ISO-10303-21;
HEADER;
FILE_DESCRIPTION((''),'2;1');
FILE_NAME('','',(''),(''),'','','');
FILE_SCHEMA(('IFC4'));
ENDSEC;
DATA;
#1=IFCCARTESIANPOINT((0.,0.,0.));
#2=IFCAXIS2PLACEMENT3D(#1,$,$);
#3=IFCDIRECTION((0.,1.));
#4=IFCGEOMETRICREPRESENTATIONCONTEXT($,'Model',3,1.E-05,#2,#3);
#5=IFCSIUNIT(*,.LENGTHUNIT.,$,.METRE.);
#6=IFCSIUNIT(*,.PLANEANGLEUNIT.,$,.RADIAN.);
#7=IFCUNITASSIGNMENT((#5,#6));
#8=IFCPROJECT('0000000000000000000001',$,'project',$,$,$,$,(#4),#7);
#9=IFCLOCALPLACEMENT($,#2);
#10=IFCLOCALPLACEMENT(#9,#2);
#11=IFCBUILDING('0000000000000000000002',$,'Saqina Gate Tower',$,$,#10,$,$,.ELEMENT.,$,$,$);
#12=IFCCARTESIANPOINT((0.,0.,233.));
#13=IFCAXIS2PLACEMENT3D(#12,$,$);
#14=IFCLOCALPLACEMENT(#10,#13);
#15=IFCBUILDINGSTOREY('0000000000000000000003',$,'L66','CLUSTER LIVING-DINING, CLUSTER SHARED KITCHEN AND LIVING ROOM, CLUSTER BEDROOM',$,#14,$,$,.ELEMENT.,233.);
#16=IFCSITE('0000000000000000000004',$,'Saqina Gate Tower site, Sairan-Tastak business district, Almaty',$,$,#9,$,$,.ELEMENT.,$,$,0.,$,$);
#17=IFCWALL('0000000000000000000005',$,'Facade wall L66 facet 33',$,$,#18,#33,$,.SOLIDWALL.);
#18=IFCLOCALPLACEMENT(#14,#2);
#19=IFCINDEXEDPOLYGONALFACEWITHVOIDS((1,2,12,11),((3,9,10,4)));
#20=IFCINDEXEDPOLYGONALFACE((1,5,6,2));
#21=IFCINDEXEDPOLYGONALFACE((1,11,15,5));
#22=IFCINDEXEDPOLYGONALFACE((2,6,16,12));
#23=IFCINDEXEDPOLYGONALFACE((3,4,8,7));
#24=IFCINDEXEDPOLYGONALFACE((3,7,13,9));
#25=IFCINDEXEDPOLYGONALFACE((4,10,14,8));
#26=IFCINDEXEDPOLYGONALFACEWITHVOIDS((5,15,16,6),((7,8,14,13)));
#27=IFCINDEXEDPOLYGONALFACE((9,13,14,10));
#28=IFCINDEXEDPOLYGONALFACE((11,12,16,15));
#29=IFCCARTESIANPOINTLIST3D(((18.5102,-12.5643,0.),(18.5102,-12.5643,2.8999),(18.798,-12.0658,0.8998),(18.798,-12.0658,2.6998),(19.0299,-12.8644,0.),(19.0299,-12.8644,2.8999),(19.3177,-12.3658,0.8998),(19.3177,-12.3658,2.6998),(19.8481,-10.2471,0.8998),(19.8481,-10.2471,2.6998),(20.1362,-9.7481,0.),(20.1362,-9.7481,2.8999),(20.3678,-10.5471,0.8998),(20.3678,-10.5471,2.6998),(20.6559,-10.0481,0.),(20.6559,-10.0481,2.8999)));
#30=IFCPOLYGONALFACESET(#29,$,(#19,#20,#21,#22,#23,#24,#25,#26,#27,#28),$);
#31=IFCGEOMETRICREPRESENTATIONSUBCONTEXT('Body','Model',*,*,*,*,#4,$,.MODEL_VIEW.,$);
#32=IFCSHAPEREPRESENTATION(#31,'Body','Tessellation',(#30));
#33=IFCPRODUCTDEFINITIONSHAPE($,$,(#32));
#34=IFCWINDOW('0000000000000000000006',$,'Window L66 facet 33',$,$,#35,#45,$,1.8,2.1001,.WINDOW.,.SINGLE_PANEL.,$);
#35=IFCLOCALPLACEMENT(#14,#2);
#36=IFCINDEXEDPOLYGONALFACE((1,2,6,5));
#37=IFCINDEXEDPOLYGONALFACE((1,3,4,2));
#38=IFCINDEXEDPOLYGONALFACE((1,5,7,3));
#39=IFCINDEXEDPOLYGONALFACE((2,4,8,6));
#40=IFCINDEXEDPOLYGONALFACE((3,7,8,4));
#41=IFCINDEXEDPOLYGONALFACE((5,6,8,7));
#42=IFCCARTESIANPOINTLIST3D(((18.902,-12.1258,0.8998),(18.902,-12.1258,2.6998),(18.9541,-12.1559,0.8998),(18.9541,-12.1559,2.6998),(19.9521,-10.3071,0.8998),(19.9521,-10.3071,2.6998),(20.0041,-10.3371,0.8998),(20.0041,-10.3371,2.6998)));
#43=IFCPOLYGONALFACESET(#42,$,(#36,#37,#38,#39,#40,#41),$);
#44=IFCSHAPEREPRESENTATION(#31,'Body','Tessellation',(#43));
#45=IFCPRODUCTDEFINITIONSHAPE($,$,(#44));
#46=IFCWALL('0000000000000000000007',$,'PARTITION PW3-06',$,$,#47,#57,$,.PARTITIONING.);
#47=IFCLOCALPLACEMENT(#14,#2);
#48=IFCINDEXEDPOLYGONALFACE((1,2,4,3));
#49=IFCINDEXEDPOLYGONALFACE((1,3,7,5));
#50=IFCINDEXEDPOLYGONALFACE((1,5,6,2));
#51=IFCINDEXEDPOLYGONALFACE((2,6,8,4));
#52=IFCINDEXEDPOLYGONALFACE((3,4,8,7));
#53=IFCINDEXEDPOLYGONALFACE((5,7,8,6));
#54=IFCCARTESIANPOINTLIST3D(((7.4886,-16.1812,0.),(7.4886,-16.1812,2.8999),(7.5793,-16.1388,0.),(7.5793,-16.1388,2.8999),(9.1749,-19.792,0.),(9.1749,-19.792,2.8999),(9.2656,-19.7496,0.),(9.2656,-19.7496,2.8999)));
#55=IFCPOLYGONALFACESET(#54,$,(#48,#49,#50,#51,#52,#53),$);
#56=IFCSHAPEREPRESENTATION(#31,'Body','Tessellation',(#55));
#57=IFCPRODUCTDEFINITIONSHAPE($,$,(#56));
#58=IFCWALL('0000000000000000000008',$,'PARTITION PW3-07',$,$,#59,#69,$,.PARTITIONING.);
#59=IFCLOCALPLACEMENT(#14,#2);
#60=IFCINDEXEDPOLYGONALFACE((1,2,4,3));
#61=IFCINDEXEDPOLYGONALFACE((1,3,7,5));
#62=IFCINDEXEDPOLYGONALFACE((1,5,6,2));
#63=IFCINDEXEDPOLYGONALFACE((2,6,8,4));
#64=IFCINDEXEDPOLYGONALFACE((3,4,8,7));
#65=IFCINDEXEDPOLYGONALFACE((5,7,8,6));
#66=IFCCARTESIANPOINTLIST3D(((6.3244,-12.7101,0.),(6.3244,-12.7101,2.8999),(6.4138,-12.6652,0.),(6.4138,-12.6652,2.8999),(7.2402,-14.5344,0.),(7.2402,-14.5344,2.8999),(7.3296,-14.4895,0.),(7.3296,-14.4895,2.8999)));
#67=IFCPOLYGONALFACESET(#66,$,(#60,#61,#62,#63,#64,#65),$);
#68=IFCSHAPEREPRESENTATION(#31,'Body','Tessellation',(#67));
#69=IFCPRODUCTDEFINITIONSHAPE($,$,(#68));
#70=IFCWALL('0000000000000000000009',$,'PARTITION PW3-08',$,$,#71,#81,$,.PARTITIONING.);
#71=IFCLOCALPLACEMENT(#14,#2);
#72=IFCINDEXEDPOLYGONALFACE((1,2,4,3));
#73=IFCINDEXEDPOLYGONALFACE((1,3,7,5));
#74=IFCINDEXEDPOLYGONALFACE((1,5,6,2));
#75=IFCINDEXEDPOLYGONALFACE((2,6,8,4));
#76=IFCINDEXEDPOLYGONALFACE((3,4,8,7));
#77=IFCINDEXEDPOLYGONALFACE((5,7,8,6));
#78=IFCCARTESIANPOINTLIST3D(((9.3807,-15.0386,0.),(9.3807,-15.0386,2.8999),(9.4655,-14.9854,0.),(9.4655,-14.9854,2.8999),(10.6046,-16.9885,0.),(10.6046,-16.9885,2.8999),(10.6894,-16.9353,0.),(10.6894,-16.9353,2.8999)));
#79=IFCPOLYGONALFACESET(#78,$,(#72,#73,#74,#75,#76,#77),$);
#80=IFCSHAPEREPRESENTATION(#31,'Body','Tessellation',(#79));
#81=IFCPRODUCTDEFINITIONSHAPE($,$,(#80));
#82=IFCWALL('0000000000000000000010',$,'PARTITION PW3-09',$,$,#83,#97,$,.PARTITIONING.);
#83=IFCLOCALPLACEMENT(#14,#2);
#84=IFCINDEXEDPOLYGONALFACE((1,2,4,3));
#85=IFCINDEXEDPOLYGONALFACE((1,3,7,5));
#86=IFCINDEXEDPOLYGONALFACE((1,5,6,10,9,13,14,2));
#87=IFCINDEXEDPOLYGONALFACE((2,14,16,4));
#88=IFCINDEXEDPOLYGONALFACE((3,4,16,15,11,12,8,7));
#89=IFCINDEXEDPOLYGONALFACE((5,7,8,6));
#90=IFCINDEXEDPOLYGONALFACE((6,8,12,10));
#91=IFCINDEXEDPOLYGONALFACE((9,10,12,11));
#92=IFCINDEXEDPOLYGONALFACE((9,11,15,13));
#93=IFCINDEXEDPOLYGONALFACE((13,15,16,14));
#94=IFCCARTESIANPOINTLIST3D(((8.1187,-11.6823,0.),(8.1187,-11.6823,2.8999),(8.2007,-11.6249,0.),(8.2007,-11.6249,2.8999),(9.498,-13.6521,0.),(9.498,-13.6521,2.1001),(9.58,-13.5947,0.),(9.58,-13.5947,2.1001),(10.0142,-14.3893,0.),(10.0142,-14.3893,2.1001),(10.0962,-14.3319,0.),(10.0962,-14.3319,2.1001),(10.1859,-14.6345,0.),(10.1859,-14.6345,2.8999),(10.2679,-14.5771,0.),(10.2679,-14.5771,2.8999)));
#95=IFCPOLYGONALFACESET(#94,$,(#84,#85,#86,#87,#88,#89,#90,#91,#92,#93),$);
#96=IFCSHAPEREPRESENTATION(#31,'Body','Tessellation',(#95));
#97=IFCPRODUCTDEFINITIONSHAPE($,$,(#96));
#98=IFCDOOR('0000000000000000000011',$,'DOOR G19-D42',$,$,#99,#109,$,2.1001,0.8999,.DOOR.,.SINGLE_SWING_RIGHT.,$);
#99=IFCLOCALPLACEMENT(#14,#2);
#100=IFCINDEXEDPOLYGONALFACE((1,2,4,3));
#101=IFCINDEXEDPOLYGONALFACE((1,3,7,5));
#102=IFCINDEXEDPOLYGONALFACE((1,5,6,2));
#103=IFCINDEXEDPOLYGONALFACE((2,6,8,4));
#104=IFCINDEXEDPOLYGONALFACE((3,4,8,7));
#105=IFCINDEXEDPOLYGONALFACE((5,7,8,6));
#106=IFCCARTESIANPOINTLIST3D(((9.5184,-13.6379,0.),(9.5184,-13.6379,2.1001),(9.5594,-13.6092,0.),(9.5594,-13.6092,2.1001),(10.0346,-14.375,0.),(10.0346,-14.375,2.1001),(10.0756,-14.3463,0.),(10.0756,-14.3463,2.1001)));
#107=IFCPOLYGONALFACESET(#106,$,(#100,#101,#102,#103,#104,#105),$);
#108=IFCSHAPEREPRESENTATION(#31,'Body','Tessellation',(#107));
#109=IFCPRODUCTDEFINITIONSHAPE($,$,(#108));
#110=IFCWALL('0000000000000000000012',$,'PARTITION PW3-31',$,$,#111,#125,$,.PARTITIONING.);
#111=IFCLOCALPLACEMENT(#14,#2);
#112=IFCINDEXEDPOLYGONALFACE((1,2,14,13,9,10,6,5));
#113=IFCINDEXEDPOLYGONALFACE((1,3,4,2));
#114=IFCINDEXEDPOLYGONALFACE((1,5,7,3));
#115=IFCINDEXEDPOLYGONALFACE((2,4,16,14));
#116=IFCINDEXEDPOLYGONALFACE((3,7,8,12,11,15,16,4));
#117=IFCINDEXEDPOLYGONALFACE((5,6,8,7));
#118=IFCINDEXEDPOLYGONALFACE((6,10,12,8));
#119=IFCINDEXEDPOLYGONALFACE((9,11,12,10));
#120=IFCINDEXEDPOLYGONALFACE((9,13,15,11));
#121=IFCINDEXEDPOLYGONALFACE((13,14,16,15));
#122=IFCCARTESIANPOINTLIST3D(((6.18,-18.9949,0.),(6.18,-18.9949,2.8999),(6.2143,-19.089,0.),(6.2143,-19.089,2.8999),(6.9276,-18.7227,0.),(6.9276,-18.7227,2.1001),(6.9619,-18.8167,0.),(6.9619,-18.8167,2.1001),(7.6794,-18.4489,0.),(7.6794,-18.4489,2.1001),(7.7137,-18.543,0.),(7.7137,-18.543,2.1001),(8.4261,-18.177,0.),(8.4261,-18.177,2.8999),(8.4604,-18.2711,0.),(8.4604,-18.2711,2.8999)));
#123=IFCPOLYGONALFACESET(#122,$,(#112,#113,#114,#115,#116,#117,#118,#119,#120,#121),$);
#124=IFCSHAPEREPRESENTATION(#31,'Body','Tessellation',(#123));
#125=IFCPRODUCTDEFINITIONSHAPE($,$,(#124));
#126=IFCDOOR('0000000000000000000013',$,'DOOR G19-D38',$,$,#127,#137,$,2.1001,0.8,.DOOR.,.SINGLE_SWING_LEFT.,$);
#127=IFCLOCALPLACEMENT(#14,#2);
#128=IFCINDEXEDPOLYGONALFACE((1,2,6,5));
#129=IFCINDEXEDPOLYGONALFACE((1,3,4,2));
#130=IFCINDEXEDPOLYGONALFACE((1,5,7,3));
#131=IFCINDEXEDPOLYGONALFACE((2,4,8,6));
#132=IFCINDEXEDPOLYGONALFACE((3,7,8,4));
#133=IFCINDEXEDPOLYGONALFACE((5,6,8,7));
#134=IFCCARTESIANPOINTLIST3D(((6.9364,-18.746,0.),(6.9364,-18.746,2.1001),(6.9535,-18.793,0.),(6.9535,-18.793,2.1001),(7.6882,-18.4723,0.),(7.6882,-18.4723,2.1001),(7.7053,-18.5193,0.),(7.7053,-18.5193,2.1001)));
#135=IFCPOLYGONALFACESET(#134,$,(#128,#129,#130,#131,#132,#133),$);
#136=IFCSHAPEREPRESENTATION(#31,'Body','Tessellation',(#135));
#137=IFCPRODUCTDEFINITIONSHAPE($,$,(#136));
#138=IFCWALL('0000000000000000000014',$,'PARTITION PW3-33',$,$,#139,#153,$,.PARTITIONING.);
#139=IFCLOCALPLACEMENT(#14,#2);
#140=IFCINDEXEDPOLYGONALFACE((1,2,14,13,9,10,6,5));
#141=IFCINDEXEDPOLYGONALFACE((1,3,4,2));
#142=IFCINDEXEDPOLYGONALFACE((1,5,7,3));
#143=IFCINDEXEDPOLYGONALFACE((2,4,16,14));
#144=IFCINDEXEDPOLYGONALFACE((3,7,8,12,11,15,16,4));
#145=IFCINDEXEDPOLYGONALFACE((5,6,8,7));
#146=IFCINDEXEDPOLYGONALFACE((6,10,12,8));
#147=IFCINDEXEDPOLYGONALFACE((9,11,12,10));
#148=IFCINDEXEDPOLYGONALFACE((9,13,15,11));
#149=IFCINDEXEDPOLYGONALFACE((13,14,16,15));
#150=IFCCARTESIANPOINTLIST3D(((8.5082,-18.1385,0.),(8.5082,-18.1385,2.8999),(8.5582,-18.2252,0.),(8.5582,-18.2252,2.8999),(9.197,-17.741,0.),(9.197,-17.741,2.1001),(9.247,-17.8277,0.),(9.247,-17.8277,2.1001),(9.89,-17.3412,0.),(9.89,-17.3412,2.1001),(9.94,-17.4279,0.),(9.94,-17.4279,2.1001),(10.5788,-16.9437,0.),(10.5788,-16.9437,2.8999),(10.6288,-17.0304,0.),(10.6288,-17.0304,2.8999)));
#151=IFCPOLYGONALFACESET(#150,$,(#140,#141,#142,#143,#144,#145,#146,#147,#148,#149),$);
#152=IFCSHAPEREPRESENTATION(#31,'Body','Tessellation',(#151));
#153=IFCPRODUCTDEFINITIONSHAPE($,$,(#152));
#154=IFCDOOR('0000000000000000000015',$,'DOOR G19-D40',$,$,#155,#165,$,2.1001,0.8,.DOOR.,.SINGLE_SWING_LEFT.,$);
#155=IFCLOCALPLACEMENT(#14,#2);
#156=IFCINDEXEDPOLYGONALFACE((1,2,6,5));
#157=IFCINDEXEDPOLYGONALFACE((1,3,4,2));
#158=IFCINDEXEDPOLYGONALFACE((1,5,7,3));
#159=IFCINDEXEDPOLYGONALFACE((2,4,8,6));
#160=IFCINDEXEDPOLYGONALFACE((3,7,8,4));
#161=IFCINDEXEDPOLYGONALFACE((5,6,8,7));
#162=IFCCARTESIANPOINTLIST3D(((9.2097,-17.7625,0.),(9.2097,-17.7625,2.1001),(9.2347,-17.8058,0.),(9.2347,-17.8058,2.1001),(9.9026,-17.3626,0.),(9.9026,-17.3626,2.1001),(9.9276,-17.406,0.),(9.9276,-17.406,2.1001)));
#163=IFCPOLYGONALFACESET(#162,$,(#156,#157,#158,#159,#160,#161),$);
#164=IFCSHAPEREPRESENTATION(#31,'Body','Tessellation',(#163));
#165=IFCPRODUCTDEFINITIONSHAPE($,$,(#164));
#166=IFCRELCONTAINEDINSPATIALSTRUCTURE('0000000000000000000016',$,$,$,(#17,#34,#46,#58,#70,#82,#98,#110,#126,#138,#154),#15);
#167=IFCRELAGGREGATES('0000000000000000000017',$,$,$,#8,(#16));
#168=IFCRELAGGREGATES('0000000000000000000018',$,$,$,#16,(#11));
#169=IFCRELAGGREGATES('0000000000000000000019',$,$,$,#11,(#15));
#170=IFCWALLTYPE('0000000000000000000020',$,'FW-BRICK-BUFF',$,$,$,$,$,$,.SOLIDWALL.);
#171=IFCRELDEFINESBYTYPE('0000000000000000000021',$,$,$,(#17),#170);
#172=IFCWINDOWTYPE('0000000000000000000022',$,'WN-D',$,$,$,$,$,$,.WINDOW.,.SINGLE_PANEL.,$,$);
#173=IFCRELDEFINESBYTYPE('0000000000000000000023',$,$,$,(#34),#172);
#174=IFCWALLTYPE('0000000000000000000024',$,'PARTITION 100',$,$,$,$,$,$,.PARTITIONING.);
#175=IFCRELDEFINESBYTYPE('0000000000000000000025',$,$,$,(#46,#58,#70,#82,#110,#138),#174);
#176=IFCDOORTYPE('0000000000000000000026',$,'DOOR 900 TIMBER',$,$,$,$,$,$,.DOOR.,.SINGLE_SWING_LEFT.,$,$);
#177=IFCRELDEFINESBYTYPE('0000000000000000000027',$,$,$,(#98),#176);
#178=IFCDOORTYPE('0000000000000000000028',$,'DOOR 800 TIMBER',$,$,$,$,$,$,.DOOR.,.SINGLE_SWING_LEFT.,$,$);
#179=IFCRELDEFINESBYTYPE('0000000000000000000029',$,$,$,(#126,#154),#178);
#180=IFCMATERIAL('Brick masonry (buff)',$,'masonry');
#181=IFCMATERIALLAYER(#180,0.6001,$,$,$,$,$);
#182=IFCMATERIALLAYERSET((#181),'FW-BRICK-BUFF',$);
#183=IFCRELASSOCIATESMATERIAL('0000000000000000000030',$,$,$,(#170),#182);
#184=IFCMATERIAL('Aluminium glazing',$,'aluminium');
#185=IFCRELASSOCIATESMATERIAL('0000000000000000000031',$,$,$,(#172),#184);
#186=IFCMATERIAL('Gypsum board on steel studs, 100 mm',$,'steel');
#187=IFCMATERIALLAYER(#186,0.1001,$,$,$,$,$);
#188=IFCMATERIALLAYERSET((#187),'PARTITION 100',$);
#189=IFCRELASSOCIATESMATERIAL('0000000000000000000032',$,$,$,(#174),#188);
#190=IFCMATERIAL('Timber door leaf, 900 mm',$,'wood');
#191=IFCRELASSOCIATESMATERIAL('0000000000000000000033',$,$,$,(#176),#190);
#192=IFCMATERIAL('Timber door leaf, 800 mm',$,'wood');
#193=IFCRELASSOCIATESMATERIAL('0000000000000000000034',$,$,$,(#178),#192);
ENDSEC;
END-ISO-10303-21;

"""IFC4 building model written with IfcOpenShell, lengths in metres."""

from ifc_helpers import new_model, si_unit, direction, frame, frame_2d, origin, place, context, subcontext, project, spatial, rectangle, extrude, material, layer, layer_set, type_object, element, fill, save


model = new_model("IFC4")

# Units and contexts
model_context = context("Model", 3, precision=1e-05, world=origin(), true_north=direction((0.0, 1.0)))
body_context = subcontext(model_context, "Body", "Model", "MODEL_VIEW")
ifc_project = project(units=[si_unit("LENGTHUNIT", "METRE"), si_unit("PLANEANGLEUNIT", "RADIAN")], contexts=[model_context])

# Site, building, storey
site_placement = place(None, origin())
site = spatial("IfcSite", under=ifc_project, at=site_placement, Name="Saqina Gate Tower site, Sairan-Tastak business district, Almaty", CompositionType="ELEMENT", RefElevation=0.0)
building_placement = place(site_placement, origin())
building = spatial("IfcBuilding", under=site, at=building_placement, Name="Saqina Gate Tower", CompositionType="ELEMENT")
storey_placement = place(building_placement, frame((0.0, 0.0, 233.0)))
storey = spatial("IfcBuildingStorey", under=building, at=storey_placement, Name="L66", Description="CLUSTER LIVING-DINING, CLUSTER SHARED KITCHEN AND LIVING ROOM, CLUSTER BEDROOM", CompositionType="ELEMENT", Elevation=233.0)

# Wall, opening, window
ifc_material_1 = material(Name="Brick masonry (buff)", Category="masonry")
ifc_layer_1 = layer(ifc_material_1, 0.6001)
ifc_layer_set_1 = layer_set([ifc_layer_1], Name="FW-BRICK-BUFF")
wall_type_1 = type_object("IfcWallType", Name="FW-BRICK-BUFF", PredefinedType="SOLIDWALL", material=ifc_layer_set_1)
ifc_material_2 = material(Name="Aluminium glazing", Category="aluminium")
window_type = type_object("IfcWindowType", Name="WN-D", PartitioningType="SINGLE_PANEL", PredefinedType="WINDOW", material=ifc_material_2)
wall_1_placement = place(storey_placement, frame((18.77, -12.7144, 0.0), z_axis=(0.0, 0.0, 1.0), x_axis=(0.500015, 0.866017, 0.0)))
wall_1 = element("IfcWall", 1, at=wall_1_placement, inside=storey, type_object=wall_type_1, Name="Facade wall L66 facet 33", PredefinedType="SOLIDWALL", context=body_context, shape_type="SweptSolid", body=[
    extrude(rectangle(XDim=3.252, YDim=0.6001, at=frame_2d((1.626, 0.0))), origin(), (0.0, 0.0, 1.0), 2.8999),
])
opening_1_placement = place(wall_1_placement, frame((0.5757, 0.0, 0.8999)))
opening_1 = element("IfcOpeningElement", 2, at=opening_1_placement, cuts=wall_1, PredefinedType="OPENING", context=body_context, shape_type="SweptSolid", body=[
    extrude(rectangle(XDim=2.1001, YDim=1.8, at=frame_2d((1.05, 0.8999))), frame((0.0, 0.312, 0.0), z_axis=(0.0, -1.0, 0.0), x_axis=(1.0, 0.0, 0.0)), (0.0, 0.0, 1.0), 0.624),
])
window_1_placement = place(opening_1_placement, origin())
window_1 = element("IfcWindow", 3, at=window_1_placement, inside=storey, type_object=window_type, Name="Window L66 facet 33", OverallHeight=1.8, OverallWidth=2.1001, PartitioningType="SINGLE_PANEL", PredefinedType="WINDOW", context=body_context, shape_type="SweptSolid", body=[
    extrude(rectangle(XDim=2.1001, YDim=1.8, at=frame_2d((1.05, 0.8999))), frame((0.0, 0.1799, 0.0), z_axis=(0.0, -1.0, 0.0), x_axis=(1.0, 0.0, 0.0)), (0.0, 0.0, 1.0), 0.0601),
])
fill(opening_1, window_1)

# Walls
ifc_material_3 = material(Name="Gypsum board on steel studs, 100 mm", Category="steel")
ifc_layer_2 = layer(ifc_material_3, 0.1001)
ifc_layer_set_2 = layer_set([ifc_layer_2], Name="PARTITION 100")
wall_type_2 = type_object("IfcWallType", Name="PARTITION 100", PredefinedType="PARTITIONING", material=ifc_layer_set_2)
wall_2_placement = place(storey_placement, frame((7.5339, -16.1599, 0.0), z_axis=(0.0, 0.0, 1.0), x_axis=(0.423137, -0.906066, 0.0)))
element("IfcWall", 4, at=wall_2_placement, inside=storey, type_object=wall_type_2, Name="PARTITION PW3-06", PredefinedType="PARTITIONING", context=body_context, shape_type="SweptSolid", body=[
    extrude(rectangle(XDim=3.9851, YDim=0.1001, at=frame_2d((1.9927, 0.0))), origin(), (0.0, 0.0, 1.0), 2.8999),
])
wall_3_placement = place(storey_placement, frame((6.3691, -12.6877, 0.0), z_axis=(0.0, 0.0, 1.0), x_axis=(0.448648, -0.893708, 0.0)))
element("IfcWall", 5, at=wall_3_placement, inside=storey, type_object=wall_type_2, Name="PARTITION PW3-07", PredefinedType="PARTITIONING", context=body_context, shape_type="SweptSolid", body=[
    extrude(rectangle(XDim=2.0413, YDim=0.1001, at=frame_2d((1.0205, 0.0))), origin(), (0.0, 0.0, 1.0), 2.8999),
])
wall_4_placement = place(storey_placement, frame((9.4231, -15.012, 0.0), z_axis=(0.0, 0.0, 1.0), x_axis=(0.531609, -0.84699, 0.0)))
element("IfcWall", 6, at=wall_4_placement, inside=storey, type_object=wall_type_2, Name="PARTITION PW3-08", PredefinedType="PARTITIONING", context=body_context, shape_type="SweptSolid", body=[
    extrude(rectangle(XDim=2.3022, YDim=0.1001, at=frame_2d((1.1511, 0.0))), origin(), (0.0, 0.0, 1.0), 2.8999),
])

# Walls, openings, doors
wall_5_placement = place(storey_placement, frame((8.1597, -11.6536, 0.0), z_axis=(0.0, 0.0, 1.0), x_axis=(0.573581, -0.819149, 0.0)))
wall_5 = element("IfcWall", 7, at=wall_5_placement, inside=storey, type_object=wall_type_2, Name="PARTITION PW3-09", PredefinedType="PARTITIONING", context=body_context, shape_type="SweptSolid", body=[
    extrude(rectangle(XDim=3.604, YDim=0.1001, at=frame_2d((1.802, 0.0))), origin(), (0.0, 0.0, 1.0), 2.8999),
])
opening_2_placement = place(wall_5_placement, frame((2.4048, 0.0, 0.0)))
opening_2 = element("IfcOpeningElement", 8, at=opening_2_placement, cuts=wall_5, PredefinedType="OPENING", context=body_context, shape_type="SweptSolid", body=[
    extrude(rectangle(XDim=0.8999, YDim=2.1001, at=frame_2d((0.45, 1.05))), frame((0.0, 0.062, 0.0), z_axis=(0.0, -1.0, 0.0), x_axis=(1.0, 0.0, 0.0)), (0.0, 0.0, 1.0), 0.124),
])
ifc_material_4 = material(Name="Timber door leaf, 900 mm", Category="wood")
door_type_1 = type_object("IfcDoorType", Name="DOOR 900 TIMBER", OperationType="SINGLE_SWING_LEFT", PredefinedType="DOOR", material=ifc_material_4)
door_1_placement = place(opening_2_placement, origin())
door_1 = element("IfcDoor", 9, at=door_1_placement, inside=storey, type_object=door_type_1, Name="DOOR G19-D42", OperationType="SINGLE_SWING_RIGHT", OverallHeight=2.1001, OverallWidth=0.8999, PredefinedType="DOOR", context=body_context, shape_type="SweptSolid", body=[
    extrude(rectangle(XDim=0.8999, YDim=2.1001, at=frame_2d((0.45, 1.05))), frame((0.0, 0.0249, 0.0), z_axis=(0.0, -1.0, 0.0), x_axis=(1.0, 0.0, 0.0)), (0.0, 0.0, 1.0), 0.05),
])
fill(opening_2, door_1)
wall_6_placement = place(storey_placement, frame((6.197, -19.042, 0.0), z_axis=(0.0, 0.0, 1.0), x_axis=(0.939644, 0.342153, 0.0)))
wall_6 = element("IfcWall", 10, at=wall_6_placement, inside=storey, type_object=wall_type_2, Name="PARTITION PW3-31", PredefinedType="PARTITIONING", context=body_context, shape_type="SweptSolid", body=[
    extrude(rectangle(XDim=2.3904, YDim=0.1001, at=frame_2d((1.1953, 0.0))), origin(), (0.0, 0.0, 1.0), 2.8999),
])
opening_3_placement = place(wall_6_placement, frame((0.7959, 0.0, 0.0)))
opening_3 = element("IfcOpeningElement", 11, at=opening_3_placement, cuts=wall_6, PredefinedType="OPENING", context=body_context, shape_type="SweptSolid", body=[
    extrude(rectangle(XDim=0.8, YDim=2.1001, at=frame_2d((0.3999, 1.05))), frame((0.0, 0.062, 0.0), z_axis=(0.0, -1.0, 0.0), x_axis=(1.0, 0.0, 0.0)), (0.0, 0.0, 1.0), 0.124),
])
ifc_material_5 = material(Name="Timber door leaf, 800 mm", Category="wood")
door_type_2 = type_object("IfcDoorType", Name="DOOR 800 TIMBER", OperationType="SINGLE_SWING_LEFT", PredefinedType="DOOR", material=ifc_material_5)
door_2_placement = place(opening_3_placement, frame((0.8, 0.0, 0.0), z_axis=(0.0, 0.0, 1.0), x_axis=(-1.0, 0.0, 0.0)))
door_2 = element("IfcDoor", 12, at=door_2_placement, inside=storey, type_object=door_type_2, Name="DOOR G19-D38", OperationType="SINGLE_SWING_LEFT", OverallHeight=2.1001, OverallWidth=0.8, PredefinedType="DOOR", context=body_context, shape_type="SweptSolid", body=[
    extrude(rectangle(XDim=0.8, YDim=2.1001, at=frame_2d((0.3999, 1.05))), frame((0.0, 0.0249, 0.0), z_axis=(0.0, -1.0, 0.0), x_axis=(1.0, 0.0, 0.0)), (0.0, 0.0, 1.0), 0.05),
])
fill(opening_3, door_2)
wall_7_placement = place(storey_placement, frame((8.5332, -18.1819, 0.0), z_axis=(0.0, 0.0, 1.0), x_axis=(0.866136, 0.499808, 0.0)))
wall_7 = element("IfcWall", 13, at=wall_7_placement, inside=storey, type_object=wall_type_2, Name="PARTITION PW3-33", PredefinedType="PARTITIONING", context=body_context, shape_type="SweptSolid", body=[
    extrude(rectangle(XDim=2.3906, YDim=0.1001, at=frame_2d((1.1953, 0.0))), origin(), (0.0, 0.0, 1.0), 2.8999),
])
opening_4_placement = place(wall_7_placement, frame((0.7954, 0.0, 0.0)))
opening_4 = element("IfcOpeningElement", 14, at=opening_4_placement, cuts=wall_7, PredefinedType="OPENING", context=body_context, shape_type="SweptSolid", body=[
    extrude(rectangle(XDim=0.8, YDim=2.1001, at=frame_2d((0.3999, 1.05))), frame((0.0, 0.062, 0.0), z_axis=(0.0, -1.0, 0.0), x_axis=(1.0, 0.0, 0.0)), (0.0, 0.0, 1.0), 0.124),
])
door_3_placement = place(opening_4_placement, frame((0.8, 0.0, 0.0), z_axis=(0.0, 0.0, 1.0), x_axis=(-1.0, 0.0, 0.0)))
door_3 = element("IfcDoor", 15, at=door_3_placement, inside=storey, type_object=door_type_2, Name="DOOR G19-D40", OperationType="SINGLE_SWING_LEFT", OverallHeight=2.1001, OverallWidth=0.8, PredefinedType="DOOR", context=body_context, shape_type="SweptSolid", body=[
    extrude(rectangle(XDim=0.8, YDim=2.1001, at=frame_2d((0.3999, 1.05))), frame((0.0, 0.0249, 0.0), z_axis=(0.0, -1.0, 0.0), x_axis=(1.0, 0.0, 0.0)), (0.0, 0.0, 1.0), 0.05),
])
fill(opening_4, door_3)

save(model, "model.ifc")
